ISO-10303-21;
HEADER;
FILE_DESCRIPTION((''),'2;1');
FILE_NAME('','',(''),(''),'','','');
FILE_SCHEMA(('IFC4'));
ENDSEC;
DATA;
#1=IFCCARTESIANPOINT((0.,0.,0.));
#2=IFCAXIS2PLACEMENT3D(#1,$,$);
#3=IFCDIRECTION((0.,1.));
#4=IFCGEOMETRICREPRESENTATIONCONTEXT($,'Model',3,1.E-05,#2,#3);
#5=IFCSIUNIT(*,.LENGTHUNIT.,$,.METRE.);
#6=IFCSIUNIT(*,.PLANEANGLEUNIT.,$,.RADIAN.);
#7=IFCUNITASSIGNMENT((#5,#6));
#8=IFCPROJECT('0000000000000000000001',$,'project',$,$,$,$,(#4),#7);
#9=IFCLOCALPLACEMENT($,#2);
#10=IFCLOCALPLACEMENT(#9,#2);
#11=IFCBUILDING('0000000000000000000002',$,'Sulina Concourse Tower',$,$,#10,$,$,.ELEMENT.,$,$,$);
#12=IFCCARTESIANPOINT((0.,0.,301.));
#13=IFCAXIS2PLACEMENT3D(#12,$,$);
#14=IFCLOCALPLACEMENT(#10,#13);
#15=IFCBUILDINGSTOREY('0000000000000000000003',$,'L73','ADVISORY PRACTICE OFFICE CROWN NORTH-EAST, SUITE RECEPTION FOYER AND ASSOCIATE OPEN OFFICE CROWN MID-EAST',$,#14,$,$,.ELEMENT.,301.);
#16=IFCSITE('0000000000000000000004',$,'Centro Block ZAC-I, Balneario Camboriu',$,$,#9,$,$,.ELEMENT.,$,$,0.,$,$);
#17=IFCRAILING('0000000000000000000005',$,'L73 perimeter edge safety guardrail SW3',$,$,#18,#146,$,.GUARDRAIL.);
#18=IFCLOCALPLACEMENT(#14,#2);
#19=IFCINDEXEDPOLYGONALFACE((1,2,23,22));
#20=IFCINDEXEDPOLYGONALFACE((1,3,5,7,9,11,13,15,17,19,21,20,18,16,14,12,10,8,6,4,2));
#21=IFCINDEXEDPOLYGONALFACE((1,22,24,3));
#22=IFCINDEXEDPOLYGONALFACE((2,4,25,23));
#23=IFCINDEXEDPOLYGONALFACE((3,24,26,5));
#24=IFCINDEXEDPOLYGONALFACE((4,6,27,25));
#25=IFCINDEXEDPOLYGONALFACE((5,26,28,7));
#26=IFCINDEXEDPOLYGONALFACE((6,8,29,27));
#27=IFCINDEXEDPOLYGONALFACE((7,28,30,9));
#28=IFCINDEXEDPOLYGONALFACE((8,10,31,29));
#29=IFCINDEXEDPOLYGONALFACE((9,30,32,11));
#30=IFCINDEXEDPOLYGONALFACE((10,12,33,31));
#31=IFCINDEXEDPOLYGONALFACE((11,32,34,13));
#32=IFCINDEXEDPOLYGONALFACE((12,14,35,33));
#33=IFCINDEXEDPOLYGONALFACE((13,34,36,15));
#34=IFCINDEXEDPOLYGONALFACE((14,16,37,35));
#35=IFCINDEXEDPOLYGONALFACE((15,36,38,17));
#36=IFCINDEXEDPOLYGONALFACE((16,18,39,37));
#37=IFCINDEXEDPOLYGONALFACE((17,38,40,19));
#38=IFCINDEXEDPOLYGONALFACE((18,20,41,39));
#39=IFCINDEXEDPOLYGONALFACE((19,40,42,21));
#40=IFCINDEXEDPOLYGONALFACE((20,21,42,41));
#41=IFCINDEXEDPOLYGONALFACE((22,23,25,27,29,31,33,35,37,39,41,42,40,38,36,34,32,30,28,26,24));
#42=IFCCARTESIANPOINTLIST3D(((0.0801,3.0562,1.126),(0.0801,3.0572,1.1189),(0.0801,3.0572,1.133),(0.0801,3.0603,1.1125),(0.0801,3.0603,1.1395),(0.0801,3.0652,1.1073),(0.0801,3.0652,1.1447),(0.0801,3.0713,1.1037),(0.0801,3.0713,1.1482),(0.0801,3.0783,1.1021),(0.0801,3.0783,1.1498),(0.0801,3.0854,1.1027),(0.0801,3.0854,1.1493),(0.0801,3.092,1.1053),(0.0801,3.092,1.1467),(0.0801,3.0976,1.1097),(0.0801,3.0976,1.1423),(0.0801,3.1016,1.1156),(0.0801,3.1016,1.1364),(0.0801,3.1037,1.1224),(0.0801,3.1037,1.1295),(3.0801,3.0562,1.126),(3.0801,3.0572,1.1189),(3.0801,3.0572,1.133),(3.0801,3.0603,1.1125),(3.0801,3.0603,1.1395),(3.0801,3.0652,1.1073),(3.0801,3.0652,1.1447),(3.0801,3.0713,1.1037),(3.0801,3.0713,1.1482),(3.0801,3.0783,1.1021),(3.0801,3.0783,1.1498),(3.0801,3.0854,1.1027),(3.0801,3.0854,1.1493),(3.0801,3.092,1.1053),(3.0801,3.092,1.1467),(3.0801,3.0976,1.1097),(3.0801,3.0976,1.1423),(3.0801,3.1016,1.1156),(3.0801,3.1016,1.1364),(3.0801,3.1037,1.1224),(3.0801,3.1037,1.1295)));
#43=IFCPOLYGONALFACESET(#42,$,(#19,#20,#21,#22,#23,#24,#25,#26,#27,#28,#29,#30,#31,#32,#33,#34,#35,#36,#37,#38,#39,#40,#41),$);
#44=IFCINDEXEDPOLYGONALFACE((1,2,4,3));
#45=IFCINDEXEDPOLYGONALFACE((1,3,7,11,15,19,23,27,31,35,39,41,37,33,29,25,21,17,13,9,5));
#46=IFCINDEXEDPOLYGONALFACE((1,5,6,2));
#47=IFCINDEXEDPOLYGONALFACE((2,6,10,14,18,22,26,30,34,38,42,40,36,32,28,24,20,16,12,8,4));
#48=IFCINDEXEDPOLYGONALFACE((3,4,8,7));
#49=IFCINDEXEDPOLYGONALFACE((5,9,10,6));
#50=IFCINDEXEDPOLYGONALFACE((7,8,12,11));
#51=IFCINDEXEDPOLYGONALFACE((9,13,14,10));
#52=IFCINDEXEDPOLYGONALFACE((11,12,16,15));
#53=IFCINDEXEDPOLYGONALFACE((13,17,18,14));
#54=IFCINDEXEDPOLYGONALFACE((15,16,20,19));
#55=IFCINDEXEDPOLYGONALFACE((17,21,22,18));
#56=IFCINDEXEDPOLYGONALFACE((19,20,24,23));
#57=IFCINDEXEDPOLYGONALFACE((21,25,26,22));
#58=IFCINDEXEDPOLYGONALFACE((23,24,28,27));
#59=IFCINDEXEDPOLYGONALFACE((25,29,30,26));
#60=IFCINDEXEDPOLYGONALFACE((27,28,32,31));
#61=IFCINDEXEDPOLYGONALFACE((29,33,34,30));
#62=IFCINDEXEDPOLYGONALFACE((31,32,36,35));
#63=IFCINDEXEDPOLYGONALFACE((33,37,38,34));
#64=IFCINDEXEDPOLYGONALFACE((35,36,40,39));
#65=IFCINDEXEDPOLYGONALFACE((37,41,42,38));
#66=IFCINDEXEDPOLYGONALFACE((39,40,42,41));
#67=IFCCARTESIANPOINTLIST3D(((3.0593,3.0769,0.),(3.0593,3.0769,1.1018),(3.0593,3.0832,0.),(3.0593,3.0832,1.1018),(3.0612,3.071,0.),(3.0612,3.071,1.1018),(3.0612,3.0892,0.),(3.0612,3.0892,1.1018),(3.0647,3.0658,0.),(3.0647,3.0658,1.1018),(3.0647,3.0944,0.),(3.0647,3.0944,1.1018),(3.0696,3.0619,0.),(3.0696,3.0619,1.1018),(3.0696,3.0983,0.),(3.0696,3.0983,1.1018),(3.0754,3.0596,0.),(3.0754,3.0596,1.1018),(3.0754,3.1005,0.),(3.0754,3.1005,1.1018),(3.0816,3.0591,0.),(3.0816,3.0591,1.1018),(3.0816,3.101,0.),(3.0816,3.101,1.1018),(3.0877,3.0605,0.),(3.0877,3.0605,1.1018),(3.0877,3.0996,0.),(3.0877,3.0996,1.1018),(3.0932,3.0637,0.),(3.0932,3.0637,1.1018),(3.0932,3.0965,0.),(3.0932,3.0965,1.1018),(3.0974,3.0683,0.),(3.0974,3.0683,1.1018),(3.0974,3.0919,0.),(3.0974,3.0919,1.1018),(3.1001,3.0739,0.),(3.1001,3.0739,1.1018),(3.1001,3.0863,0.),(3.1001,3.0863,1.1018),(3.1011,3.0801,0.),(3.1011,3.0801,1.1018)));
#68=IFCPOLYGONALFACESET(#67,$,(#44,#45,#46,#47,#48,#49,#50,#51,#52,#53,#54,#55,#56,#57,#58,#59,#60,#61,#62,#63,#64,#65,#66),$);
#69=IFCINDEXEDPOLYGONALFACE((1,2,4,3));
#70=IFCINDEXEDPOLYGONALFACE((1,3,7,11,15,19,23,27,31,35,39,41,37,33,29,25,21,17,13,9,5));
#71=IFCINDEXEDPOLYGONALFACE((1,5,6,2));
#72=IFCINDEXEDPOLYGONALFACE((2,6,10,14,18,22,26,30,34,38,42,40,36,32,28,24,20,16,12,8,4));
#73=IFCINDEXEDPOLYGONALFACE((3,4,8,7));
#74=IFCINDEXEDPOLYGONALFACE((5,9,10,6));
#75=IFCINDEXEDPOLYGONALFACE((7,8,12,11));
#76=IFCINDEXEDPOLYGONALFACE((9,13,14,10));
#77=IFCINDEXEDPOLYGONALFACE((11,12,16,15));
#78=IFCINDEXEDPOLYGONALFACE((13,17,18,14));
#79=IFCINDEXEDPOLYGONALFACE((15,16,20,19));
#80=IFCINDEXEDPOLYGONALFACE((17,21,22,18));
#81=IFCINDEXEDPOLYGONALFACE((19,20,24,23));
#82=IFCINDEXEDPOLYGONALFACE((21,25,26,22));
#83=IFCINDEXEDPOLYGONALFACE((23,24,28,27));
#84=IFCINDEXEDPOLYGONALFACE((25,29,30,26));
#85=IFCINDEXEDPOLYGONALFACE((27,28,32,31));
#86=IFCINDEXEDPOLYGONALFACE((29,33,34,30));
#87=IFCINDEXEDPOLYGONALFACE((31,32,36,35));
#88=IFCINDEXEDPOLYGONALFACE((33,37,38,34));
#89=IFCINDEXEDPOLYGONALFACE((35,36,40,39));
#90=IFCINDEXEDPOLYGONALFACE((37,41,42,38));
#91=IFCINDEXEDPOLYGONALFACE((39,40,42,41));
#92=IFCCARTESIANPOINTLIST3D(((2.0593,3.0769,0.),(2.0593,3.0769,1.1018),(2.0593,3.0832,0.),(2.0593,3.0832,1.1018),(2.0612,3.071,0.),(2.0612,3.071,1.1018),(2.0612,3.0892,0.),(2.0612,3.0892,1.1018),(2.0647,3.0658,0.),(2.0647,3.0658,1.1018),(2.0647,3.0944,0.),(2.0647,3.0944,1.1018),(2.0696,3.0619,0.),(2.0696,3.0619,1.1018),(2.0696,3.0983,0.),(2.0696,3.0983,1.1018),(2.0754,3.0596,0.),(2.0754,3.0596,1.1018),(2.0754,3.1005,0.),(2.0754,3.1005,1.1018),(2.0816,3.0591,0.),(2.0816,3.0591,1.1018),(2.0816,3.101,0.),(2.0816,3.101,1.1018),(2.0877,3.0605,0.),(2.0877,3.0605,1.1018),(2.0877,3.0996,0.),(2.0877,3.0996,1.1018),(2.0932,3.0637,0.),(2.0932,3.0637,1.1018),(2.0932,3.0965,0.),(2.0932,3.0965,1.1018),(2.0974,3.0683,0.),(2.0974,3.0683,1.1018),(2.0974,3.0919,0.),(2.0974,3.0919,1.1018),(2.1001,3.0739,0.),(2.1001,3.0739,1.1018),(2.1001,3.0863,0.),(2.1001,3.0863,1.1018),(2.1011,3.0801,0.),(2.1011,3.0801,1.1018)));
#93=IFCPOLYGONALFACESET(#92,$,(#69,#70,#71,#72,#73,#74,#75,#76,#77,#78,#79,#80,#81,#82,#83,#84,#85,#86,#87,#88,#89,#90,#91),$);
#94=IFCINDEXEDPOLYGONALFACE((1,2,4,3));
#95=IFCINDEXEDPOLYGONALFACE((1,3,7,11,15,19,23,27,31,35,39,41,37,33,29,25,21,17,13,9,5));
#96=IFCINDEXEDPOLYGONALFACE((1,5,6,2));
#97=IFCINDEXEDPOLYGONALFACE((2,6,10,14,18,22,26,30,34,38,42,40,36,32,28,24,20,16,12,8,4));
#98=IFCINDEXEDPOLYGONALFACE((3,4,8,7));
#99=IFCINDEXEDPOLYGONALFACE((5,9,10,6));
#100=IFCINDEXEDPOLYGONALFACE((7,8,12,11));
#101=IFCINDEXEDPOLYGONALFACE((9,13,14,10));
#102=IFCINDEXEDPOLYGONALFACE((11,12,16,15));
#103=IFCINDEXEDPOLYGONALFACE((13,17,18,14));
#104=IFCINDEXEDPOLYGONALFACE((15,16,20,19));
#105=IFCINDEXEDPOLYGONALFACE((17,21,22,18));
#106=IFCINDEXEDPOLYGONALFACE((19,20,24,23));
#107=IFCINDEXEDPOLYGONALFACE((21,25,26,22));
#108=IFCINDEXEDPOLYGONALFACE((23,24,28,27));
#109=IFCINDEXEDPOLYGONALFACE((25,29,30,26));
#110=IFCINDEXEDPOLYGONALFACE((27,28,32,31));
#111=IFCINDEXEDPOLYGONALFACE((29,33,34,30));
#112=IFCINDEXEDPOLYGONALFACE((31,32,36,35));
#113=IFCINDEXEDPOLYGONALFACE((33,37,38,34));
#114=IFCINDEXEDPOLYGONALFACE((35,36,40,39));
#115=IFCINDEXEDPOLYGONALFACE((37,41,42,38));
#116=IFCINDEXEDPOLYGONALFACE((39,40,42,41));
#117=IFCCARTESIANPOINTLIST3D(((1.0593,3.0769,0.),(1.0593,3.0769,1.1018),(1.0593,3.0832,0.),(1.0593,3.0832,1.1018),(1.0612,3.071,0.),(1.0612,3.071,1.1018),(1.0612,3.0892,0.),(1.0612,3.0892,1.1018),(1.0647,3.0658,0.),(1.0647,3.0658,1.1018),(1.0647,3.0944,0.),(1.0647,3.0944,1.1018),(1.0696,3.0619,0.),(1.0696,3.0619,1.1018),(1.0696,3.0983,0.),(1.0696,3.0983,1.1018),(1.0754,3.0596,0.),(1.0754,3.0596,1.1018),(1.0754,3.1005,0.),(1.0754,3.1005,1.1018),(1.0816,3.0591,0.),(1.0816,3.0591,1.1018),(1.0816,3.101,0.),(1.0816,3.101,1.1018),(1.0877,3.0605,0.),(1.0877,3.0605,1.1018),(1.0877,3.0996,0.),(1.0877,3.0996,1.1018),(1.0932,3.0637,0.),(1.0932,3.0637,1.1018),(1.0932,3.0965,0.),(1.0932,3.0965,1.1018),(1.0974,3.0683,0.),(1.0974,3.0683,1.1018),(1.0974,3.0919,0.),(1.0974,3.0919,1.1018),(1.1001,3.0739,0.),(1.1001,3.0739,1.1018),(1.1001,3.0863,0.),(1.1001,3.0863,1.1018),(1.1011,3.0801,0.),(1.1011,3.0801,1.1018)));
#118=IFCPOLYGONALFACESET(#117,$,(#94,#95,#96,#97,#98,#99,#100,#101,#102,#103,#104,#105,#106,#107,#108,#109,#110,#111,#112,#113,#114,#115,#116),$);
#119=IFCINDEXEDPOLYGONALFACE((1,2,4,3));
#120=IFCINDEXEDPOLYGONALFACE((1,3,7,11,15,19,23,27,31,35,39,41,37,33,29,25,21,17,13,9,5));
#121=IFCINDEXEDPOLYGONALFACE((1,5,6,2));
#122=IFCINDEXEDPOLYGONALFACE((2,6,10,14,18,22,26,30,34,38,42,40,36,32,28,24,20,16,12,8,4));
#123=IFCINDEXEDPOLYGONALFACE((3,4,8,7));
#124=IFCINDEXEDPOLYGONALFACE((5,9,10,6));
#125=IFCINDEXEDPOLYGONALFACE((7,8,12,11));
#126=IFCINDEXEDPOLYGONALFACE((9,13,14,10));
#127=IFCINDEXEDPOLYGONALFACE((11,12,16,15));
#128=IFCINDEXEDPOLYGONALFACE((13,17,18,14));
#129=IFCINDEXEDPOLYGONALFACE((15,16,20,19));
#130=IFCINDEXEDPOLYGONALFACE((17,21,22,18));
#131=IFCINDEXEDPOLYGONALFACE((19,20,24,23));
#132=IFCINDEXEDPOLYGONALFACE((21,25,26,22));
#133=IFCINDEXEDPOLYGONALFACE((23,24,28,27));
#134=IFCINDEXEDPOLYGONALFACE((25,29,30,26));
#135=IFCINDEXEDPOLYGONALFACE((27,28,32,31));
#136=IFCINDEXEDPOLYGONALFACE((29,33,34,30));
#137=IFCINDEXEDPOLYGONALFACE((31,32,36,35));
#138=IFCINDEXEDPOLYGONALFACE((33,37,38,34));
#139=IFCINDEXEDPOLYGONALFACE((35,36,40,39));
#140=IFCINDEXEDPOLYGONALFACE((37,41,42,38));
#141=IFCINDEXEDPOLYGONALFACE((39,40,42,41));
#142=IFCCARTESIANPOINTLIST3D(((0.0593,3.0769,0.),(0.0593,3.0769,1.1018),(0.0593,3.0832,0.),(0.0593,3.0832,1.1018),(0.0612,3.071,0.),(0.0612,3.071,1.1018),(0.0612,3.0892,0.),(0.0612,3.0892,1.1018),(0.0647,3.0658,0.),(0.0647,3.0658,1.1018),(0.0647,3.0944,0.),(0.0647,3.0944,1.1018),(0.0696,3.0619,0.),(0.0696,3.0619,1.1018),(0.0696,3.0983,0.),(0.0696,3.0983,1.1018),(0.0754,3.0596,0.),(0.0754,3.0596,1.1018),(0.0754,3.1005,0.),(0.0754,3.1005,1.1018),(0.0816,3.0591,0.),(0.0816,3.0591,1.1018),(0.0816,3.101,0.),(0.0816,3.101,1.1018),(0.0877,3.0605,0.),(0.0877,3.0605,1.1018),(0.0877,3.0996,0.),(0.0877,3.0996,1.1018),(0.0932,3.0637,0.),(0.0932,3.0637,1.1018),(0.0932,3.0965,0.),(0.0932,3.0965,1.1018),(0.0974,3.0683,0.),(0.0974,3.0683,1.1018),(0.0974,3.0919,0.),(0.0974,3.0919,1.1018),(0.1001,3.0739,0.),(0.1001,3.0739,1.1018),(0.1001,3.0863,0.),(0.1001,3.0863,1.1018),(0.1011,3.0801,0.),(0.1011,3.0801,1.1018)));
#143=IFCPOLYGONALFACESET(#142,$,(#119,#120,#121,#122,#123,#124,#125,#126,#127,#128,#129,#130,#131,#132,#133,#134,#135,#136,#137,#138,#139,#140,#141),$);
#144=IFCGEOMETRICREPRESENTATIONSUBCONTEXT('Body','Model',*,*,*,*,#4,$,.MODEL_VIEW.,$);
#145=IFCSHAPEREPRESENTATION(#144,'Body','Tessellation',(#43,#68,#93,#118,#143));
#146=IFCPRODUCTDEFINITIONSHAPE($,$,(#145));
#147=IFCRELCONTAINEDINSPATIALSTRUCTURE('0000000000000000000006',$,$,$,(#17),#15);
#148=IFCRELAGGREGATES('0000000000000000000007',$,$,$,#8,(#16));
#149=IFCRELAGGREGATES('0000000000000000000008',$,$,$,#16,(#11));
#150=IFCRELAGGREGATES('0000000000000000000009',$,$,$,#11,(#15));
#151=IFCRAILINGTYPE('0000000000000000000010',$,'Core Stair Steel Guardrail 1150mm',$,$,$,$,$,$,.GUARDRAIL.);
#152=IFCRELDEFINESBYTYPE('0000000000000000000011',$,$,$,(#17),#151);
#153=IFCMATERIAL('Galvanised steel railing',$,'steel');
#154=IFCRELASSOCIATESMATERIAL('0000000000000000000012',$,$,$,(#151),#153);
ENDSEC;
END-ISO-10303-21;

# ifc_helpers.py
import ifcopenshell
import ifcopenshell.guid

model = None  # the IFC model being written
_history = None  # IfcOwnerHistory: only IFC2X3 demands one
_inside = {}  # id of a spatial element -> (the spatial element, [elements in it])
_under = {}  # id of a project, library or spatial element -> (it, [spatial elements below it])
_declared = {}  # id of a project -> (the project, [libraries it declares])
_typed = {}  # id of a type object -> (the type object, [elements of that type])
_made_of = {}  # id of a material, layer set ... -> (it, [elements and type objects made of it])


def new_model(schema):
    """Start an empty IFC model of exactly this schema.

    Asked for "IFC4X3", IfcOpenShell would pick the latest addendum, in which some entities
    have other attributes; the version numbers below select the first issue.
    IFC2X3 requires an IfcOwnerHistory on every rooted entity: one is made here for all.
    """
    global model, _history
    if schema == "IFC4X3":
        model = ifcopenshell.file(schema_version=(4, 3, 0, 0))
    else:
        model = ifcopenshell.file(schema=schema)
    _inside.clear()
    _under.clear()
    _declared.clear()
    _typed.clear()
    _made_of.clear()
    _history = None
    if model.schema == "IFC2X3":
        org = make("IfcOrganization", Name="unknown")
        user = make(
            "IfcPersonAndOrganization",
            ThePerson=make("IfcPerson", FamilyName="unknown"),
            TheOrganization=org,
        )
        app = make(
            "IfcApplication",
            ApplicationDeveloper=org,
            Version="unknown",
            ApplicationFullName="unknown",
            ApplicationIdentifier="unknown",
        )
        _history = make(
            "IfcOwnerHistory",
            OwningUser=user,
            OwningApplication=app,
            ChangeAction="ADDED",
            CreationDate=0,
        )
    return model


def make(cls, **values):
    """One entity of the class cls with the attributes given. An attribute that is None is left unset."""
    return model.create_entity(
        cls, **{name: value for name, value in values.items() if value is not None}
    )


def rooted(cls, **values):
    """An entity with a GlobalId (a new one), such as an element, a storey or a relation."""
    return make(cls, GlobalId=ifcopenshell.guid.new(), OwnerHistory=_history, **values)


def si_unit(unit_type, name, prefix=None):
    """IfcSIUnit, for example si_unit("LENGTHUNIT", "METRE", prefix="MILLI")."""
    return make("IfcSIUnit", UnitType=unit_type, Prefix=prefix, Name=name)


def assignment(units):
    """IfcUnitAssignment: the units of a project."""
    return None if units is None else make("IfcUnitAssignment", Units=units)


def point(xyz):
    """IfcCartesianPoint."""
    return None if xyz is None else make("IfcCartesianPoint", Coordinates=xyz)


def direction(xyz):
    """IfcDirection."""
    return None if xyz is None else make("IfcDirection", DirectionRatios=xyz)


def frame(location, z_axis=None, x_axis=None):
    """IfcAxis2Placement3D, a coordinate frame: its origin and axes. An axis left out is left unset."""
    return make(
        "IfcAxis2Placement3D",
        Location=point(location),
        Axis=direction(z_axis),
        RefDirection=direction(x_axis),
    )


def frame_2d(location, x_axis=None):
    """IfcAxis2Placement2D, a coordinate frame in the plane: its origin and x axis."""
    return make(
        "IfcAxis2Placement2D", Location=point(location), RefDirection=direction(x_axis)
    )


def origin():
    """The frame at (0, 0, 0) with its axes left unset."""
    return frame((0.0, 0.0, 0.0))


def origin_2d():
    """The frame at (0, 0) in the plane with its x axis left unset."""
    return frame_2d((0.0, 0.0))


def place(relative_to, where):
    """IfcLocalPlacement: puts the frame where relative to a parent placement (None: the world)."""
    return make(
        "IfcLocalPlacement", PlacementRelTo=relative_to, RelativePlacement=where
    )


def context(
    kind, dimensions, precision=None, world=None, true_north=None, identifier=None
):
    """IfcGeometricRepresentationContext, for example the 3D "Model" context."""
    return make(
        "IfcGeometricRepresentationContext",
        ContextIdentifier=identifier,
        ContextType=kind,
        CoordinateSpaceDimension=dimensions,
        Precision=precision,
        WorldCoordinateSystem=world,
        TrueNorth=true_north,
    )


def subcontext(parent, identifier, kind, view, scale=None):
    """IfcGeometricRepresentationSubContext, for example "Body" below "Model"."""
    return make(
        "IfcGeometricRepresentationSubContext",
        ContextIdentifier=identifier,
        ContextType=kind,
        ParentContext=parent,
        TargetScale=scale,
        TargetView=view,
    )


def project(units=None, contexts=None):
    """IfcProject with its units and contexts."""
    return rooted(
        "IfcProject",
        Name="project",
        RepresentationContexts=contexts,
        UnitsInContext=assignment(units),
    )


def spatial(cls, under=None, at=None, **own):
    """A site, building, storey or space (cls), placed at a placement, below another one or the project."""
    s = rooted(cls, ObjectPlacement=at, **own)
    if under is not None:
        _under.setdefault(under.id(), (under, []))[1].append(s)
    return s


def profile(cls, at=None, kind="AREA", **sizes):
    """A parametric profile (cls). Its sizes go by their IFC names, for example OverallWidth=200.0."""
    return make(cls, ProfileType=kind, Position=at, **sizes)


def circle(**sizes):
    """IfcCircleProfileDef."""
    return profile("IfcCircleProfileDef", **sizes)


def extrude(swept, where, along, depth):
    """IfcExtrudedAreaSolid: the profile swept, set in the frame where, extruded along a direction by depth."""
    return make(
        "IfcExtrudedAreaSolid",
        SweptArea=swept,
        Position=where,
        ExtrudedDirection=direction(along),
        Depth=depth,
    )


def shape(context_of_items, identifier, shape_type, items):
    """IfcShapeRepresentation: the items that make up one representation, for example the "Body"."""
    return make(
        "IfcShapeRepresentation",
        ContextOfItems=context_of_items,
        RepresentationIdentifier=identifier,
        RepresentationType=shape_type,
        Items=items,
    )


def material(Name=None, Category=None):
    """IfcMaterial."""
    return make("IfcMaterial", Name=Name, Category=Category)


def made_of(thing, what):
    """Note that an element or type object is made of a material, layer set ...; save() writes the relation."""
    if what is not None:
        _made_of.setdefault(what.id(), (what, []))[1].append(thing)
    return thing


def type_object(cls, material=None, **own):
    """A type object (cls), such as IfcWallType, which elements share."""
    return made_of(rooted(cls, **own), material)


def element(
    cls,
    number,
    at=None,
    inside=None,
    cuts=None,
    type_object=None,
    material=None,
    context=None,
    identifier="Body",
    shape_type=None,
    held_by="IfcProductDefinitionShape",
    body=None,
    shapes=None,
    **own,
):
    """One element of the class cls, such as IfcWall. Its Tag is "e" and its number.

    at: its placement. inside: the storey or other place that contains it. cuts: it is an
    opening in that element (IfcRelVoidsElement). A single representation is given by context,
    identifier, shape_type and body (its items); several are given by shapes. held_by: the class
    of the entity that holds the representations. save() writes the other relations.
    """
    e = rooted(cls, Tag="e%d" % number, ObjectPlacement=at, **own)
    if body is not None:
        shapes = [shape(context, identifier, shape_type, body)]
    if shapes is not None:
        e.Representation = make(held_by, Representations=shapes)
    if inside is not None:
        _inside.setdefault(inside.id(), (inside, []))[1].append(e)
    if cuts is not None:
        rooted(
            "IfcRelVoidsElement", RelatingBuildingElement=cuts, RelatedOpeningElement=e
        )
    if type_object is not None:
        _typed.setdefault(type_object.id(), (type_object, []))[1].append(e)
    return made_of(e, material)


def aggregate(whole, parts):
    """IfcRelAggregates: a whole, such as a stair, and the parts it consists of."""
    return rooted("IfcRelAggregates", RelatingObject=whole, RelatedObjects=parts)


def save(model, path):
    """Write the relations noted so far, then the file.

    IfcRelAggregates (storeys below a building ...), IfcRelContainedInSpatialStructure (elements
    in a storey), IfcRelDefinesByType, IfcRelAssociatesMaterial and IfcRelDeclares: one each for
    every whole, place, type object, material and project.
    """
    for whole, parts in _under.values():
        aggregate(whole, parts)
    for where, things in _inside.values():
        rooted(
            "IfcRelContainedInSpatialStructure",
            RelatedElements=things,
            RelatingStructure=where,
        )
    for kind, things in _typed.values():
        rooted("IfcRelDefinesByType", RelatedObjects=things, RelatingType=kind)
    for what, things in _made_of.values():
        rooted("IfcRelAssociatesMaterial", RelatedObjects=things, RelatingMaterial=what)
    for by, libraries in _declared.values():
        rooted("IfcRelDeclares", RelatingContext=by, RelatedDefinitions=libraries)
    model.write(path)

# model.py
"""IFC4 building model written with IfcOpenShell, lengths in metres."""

from ifc_helpers import new_model, si_unit, direction, frame, origin, origin_2d, place, context, subcontext, project, spatial, circle, extrude, material, type_object, element, save


model = new_model("IFC4")

# Units and contexts
model_context = context("Model", 3, precision=1e-05, world=origin(), true_north=direction((0.0, 1.0)))
body_context = subcontext(model_context, "Body", "Model", "MODEL_VIEW")
ifc_project = project(units=[si_unit("LENGTHUNIT", "METRE"), si_unit("PLANEANGLEUNIT", "RADIAN")], contexts=[model_context])

# Site, building, storey
site_placement = place(None, origin())
site = spatial("IfcSite", under=ifc_project, at=site_placement, Name="Centro Block ZAC-I, Balneario Camboriu", CompositionType="ELEMENT", RefElevation=0.0)
building_placement = place(site_placement, origin())
building = spatial("IfcBuilding", under=site, at=building_placement, Name="Sulina Concourse Tower", CompositionType="ELEMENT")
storey_placement = place(building_placement, frame((0.0, 0.0, 301.0)))
storey = spatial("IfcBuildingStorey", under=building, at=storey_placement, Name="L73", Description="ADVISORY PRACTICE OFFICE CROWN NORTH-EAST, SUITE RECEPTION FOYER AND ASSOCIATE OPEN OFFICE CROWN MID-EAST", CompositionType="ELEMENT", Elevation=301.0)

# Railing
ifc_material_1 = material(Name="Galvanised steel railing", Category="steel")
railing_type = type_object("IfcRailingType", Name="Core Stair Steel Guardrail 1150mm", PredefinedType="GUARDRAIL", material=ifc_material_1)
railing_1_placement = place(storey_placement, frame((3.0801, 3.0801, 0.0)))
element("IfcRailing", 1, at=railing_1_placement, inside=storey, type_object=railing_type, Name="L73 perimeter edge safety guardrail SW3", PredefinedType="GUARDRAIL", context=body_context, shape_type="SweptSolid", body=[
    extrude(circle(Radius=0.0239, at=origin_2d()), frame((0.0, 0.0, 1.126), z_axis=(-1.0, 0.0, 0.0), x_axis=(0.0, -1.0, 0.0)), (0.0, 0.0, 1.0), 3.0),
    extrude(circle(Radius=0.021, at=origin_2d()), origin(), (0.0, 0.0, 1.0), 1.1018),
    extrude(circle(Radius=0.021, at=origin_2d()), frame((-1.0, 0.0, 0.0)), (0.0, 0.0, 1.0), 1.1018),
    extrude(circle(Radius=0.021, at=origin_2d()), frame((-2.0, 0.0, 0.0)), (0.0, 0.0, 1.0), 1.1018),
    extrude(circle(Radius=0.021, at=origin_2d()), frame((-3.0, 0.0, 0.0)), (0.0, 0.0, 1.0), 1.1018),
])

save(model, "model.ifc")
